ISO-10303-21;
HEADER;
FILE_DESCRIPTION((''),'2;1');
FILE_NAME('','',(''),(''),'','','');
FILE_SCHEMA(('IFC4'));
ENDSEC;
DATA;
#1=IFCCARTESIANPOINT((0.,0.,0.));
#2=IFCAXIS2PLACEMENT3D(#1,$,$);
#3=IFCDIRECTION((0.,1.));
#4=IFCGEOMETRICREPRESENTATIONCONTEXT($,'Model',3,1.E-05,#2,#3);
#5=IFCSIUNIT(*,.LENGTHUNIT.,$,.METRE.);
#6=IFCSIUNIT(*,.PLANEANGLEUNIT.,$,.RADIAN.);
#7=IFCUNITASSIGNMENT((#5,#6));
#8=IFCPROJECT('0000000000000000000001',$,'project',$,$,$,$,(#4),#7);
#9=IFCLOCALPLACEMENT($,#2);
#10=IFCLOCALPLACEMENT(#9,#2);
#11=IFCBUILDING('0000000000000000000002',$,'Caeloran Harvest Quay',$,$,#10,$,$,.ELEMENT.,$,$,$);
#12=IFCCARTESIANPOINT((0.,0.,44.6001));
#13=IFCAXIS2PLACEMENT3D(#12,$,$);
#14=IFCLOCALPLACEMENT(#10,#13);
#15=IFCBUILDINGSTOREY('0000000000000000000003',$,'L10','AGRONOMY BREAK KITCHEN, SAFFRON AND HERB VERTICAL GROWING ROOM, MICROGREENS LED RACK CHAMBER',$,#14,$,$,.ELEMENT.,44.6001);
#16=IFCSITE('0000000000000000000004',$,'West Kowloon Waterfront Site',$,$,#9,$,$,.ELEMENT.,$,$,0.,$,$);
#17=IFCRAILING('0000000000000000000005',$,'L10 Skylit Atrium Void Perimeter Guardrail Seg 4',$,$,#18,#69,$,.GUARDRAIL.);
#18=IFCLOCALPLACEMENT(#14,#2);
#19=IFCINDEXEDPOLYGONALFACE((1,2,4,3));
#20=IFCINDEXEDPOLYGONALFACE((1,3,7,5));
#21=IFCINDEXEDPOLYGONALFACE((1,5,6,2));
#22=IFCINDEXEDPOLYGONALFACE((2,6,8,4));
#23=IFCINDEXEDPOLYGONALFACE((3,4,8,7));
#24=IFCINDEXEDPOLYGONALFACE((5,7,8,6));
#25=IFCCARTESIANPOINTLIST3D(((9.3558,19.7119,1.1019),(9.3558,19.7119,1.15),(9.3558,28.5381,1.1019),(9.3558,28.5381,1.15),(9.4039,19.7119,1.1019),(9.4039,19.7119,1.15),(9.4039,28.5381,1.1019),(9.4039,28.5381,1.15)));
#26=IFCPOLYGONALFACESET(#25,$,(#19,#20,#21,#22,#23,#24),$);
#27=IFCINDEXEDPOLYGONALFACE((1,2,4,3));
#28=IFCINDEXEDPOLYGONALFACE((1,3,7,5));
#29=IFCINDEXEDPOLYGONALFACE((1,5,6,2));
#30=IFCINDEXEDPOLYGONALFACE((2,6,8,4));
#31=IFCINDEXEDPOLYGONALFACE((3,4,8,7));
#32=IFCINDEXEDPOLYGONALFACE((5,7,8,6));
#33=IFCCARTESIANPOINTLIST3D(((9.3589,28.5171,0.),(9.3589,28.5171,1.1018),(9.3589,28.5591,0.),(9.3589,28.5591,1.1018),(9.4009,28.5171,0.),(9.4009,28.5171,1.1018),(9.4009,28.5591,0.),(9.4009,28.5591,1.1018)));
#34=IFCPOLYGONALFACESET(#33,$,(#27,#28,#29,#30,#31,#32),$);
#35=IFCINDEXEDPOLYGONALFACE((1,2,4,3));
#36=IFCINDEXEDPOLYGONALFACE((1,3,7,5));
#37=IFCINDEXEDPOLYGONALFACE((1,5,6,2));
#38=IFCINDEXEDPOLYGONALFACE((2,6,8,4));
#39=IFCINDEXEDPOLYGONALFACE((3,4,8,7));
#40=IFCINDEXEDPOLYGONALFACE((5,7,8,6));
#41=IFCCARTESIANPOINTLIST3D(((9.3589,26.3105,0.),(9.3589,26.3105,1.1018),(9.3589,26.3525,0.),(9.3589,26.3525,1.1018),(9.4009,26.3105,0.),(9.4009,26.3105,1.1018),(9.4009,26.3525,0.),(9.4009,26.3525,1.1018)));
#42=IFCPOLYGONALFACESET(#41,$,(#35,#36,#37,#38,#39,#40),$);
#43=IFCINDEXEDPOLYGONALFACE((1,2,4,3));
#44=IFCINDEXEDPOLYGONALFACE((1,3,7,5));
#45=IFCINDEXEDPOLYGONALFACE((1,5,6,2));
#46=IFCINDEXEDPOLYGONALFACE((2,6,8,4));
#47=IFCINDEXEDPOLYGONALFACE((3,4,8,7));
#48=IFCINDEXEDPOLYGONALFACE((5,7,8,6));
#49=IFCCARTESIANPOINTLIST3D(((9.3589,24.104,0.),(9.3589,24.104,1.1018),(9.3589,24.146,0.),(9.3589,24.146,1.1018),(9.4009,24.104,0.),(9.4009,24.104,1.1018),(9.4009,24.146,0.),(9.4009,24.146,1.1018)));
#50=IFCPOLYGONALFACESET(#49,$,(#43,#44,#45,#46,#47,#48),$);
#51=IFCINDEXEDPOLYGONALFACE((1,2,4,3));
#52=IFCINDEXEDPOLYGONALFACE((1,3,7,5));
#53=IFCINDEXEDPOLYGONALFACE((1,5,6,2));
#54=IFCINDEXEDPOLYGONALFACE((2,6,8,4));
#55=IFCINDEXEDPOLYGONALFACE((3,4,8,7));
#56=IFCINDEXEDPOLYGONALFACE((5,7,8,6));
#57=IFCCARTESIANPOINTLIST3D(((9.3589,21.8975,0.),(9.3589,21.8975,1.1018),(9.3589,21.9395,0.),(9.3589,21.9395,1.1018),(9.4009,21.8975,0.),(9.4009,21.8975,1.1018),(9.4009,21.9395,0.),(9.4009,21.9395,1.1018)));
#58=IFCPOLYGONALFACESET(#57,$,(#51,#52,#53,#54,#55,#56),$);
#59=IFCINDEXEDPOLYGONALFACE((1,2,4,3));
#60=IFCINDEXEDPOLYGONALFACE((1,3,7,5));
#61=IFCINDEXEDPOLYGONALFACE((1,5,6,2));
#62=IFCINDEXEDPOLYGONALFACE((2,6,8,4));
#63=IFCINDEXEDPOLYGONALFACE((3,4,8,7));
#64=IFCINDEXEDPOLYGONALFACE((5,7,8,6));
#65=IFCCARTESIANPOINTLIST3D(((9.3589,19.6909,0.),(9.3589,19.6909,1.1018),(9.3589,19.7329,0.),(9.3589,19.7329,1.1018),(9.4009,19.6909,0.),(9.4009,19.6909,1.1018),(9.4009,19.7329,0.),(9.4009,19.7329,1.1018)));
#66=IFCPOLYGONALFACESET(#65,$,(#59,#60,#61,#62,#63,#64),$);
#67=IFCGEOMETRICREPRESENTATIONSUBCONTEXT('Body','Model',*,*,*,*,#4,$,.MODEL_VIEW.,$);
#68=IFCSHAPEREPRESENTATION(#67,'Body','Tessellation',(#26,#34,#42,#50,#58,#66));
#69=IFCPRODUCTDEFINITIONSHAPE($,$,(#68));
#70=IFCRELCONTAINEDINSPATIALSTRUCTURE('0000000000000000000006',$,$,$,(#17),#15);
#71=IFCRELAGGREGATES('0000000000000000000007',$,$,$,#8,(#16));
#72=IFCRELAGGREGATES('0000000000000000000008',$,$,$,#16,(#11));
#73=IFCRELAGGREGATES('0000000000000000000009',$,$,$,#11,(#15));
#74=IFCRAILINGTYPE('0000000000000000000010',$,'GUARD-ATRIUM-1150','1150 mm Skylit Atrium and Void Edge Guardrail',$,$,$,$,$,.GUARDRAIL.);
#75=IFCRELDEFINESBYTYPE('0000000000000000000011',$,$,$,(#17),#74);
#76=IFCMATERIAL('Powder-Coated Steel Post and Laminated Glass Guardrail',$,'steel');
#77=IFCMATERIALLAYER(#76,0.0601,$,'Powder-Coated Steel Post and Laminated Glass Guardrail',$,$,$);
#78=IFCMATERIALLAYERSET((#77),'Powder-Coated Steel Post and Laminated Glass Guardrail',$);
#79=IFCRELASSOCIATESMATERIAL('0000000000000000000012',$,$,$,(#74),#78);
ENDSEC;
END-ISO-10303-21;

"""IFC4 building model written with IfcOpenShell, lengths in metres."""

from ifc_helpers import new_model, si_unit, direction, frame, origin, origin_2d, place, context, subcontext, project, spatial, rectangle, extrude, material, layer, layer_set, type_object, element, save


model = new_model("IFC4")

# Units and contexts
model_context = context("Model", 3, precision=1e-05, world=origin(), true_north=direction((0.0, 1.0)))
body_context = subcontext(model_context, "Body", "Model", "MODEL_VIEW")
ifc_project = project(units=[si_unit("LENGTHUNIT", "METRE"), si_unit("PLANEANGLEUNIT", "RADIAN")], contexts=[model_context])

# Site, building, storey
site_placement = place(None, origin())
site = spatial("IfcSite", under=ifc_project, at=site_placement, Name="West Kowloon Waterfront Site", CompositionType="ELEMENT", RefElevation=0.0)
building_placement = place(site_placement, origin())
building = spatial("IfcBuilding", under=site, at=building_placement, Name="Caeloran Harvest Quay", CompositionType="ELEMENT")
storey_placement = place(building_placement, frame((0.0, 0.0, 44.6001)))
storey = spatial("IfcBuildingStorey", under=building, at=storey_placement, Name="L10", Description="AGRONOMY BREAK KITCHEN, SAFFRON AND HERB VERTICAL GROWING ROOM, MICROGREENS LED RACK CHAMBER", CompositionType="ELEMENT", Elevation=44.6001)

# Railing
ifc_material_1 = material(Name="Powder-Coated Steel Post and Laminated Glass Guardrail", Category="steel")
ifc_layer_1 = layer(ifc_material_1, 0.0601, Name="Powder-Coated Steel Post and Laminated Glass Guardrail")
ifc_layer_set_1 = layer_set([ifc_layer_1], Name="Powder-Coated Steel Post and Laminated Glass Guardrail")
railing_type = type_object("IfcRailingType", Name="GUARD-ATRIUM-1150", Description="1150 mm Skylit Atrium and Void Edge Guardrail", PredefinedType="GUARDRAIL", material=ifc_layer_set_1)
railing_placement = place(storey_placement, frame((9.3799, 28.5381, 0.0)))
element("IfcRailing", 1, at=railing_placement, inside=storey, type_object=railing_type, Name="L10 Skylit Atrium Void Perimeter Guardrail Seg 4", PredefinedType="GUARDRAIL", context=body_context, shape_type="SweptSolid", body=[
    extrude(rectangle(XDim=0.0481, YDim=0.0481, at=origin_2d()), frame((0.0, 0.0, 1.126), z_axis=(0.0, -1.0, 0.0), x_axis=(1.0, 0.0, 0.0)), (0.0, 0.0, 1.0), 8.8262),
    extrude(rectangle(XDim=0.042, YDim=0.042, at=origin_2d()), origin(), (0.0, 0.0, 1.0), 1.1018),
    extrude(rectangle(XDim=0.042, YDim=0.042, at=origin_2d()), frame((0.0, -2.2065, 0.0)), (0.0, 0.0, 1.0), 1.1018),
    extrude(rectangle(XDim=0.042, YDim=0.042, at=origin_2d()), frame((0.0, -4.4131, 0.0)), (0.0, 0.0, 1.0), 1.1018),
    extrude(rectangle(XDim=0.042, YDim=0.042, at=origin_2d()), frame((0.0, -6.6196, 0.0)), (0.0, 0.0, 1.0), 1.1018),
    extrude(rectangle(XDim=0.042, YDim=0.042, at=origin_2d()), frame((0.0, -8.8262, 0.0)), (0.0, 0.0, 1.0), 1.1018),
])

save(model, "model.ifc")
